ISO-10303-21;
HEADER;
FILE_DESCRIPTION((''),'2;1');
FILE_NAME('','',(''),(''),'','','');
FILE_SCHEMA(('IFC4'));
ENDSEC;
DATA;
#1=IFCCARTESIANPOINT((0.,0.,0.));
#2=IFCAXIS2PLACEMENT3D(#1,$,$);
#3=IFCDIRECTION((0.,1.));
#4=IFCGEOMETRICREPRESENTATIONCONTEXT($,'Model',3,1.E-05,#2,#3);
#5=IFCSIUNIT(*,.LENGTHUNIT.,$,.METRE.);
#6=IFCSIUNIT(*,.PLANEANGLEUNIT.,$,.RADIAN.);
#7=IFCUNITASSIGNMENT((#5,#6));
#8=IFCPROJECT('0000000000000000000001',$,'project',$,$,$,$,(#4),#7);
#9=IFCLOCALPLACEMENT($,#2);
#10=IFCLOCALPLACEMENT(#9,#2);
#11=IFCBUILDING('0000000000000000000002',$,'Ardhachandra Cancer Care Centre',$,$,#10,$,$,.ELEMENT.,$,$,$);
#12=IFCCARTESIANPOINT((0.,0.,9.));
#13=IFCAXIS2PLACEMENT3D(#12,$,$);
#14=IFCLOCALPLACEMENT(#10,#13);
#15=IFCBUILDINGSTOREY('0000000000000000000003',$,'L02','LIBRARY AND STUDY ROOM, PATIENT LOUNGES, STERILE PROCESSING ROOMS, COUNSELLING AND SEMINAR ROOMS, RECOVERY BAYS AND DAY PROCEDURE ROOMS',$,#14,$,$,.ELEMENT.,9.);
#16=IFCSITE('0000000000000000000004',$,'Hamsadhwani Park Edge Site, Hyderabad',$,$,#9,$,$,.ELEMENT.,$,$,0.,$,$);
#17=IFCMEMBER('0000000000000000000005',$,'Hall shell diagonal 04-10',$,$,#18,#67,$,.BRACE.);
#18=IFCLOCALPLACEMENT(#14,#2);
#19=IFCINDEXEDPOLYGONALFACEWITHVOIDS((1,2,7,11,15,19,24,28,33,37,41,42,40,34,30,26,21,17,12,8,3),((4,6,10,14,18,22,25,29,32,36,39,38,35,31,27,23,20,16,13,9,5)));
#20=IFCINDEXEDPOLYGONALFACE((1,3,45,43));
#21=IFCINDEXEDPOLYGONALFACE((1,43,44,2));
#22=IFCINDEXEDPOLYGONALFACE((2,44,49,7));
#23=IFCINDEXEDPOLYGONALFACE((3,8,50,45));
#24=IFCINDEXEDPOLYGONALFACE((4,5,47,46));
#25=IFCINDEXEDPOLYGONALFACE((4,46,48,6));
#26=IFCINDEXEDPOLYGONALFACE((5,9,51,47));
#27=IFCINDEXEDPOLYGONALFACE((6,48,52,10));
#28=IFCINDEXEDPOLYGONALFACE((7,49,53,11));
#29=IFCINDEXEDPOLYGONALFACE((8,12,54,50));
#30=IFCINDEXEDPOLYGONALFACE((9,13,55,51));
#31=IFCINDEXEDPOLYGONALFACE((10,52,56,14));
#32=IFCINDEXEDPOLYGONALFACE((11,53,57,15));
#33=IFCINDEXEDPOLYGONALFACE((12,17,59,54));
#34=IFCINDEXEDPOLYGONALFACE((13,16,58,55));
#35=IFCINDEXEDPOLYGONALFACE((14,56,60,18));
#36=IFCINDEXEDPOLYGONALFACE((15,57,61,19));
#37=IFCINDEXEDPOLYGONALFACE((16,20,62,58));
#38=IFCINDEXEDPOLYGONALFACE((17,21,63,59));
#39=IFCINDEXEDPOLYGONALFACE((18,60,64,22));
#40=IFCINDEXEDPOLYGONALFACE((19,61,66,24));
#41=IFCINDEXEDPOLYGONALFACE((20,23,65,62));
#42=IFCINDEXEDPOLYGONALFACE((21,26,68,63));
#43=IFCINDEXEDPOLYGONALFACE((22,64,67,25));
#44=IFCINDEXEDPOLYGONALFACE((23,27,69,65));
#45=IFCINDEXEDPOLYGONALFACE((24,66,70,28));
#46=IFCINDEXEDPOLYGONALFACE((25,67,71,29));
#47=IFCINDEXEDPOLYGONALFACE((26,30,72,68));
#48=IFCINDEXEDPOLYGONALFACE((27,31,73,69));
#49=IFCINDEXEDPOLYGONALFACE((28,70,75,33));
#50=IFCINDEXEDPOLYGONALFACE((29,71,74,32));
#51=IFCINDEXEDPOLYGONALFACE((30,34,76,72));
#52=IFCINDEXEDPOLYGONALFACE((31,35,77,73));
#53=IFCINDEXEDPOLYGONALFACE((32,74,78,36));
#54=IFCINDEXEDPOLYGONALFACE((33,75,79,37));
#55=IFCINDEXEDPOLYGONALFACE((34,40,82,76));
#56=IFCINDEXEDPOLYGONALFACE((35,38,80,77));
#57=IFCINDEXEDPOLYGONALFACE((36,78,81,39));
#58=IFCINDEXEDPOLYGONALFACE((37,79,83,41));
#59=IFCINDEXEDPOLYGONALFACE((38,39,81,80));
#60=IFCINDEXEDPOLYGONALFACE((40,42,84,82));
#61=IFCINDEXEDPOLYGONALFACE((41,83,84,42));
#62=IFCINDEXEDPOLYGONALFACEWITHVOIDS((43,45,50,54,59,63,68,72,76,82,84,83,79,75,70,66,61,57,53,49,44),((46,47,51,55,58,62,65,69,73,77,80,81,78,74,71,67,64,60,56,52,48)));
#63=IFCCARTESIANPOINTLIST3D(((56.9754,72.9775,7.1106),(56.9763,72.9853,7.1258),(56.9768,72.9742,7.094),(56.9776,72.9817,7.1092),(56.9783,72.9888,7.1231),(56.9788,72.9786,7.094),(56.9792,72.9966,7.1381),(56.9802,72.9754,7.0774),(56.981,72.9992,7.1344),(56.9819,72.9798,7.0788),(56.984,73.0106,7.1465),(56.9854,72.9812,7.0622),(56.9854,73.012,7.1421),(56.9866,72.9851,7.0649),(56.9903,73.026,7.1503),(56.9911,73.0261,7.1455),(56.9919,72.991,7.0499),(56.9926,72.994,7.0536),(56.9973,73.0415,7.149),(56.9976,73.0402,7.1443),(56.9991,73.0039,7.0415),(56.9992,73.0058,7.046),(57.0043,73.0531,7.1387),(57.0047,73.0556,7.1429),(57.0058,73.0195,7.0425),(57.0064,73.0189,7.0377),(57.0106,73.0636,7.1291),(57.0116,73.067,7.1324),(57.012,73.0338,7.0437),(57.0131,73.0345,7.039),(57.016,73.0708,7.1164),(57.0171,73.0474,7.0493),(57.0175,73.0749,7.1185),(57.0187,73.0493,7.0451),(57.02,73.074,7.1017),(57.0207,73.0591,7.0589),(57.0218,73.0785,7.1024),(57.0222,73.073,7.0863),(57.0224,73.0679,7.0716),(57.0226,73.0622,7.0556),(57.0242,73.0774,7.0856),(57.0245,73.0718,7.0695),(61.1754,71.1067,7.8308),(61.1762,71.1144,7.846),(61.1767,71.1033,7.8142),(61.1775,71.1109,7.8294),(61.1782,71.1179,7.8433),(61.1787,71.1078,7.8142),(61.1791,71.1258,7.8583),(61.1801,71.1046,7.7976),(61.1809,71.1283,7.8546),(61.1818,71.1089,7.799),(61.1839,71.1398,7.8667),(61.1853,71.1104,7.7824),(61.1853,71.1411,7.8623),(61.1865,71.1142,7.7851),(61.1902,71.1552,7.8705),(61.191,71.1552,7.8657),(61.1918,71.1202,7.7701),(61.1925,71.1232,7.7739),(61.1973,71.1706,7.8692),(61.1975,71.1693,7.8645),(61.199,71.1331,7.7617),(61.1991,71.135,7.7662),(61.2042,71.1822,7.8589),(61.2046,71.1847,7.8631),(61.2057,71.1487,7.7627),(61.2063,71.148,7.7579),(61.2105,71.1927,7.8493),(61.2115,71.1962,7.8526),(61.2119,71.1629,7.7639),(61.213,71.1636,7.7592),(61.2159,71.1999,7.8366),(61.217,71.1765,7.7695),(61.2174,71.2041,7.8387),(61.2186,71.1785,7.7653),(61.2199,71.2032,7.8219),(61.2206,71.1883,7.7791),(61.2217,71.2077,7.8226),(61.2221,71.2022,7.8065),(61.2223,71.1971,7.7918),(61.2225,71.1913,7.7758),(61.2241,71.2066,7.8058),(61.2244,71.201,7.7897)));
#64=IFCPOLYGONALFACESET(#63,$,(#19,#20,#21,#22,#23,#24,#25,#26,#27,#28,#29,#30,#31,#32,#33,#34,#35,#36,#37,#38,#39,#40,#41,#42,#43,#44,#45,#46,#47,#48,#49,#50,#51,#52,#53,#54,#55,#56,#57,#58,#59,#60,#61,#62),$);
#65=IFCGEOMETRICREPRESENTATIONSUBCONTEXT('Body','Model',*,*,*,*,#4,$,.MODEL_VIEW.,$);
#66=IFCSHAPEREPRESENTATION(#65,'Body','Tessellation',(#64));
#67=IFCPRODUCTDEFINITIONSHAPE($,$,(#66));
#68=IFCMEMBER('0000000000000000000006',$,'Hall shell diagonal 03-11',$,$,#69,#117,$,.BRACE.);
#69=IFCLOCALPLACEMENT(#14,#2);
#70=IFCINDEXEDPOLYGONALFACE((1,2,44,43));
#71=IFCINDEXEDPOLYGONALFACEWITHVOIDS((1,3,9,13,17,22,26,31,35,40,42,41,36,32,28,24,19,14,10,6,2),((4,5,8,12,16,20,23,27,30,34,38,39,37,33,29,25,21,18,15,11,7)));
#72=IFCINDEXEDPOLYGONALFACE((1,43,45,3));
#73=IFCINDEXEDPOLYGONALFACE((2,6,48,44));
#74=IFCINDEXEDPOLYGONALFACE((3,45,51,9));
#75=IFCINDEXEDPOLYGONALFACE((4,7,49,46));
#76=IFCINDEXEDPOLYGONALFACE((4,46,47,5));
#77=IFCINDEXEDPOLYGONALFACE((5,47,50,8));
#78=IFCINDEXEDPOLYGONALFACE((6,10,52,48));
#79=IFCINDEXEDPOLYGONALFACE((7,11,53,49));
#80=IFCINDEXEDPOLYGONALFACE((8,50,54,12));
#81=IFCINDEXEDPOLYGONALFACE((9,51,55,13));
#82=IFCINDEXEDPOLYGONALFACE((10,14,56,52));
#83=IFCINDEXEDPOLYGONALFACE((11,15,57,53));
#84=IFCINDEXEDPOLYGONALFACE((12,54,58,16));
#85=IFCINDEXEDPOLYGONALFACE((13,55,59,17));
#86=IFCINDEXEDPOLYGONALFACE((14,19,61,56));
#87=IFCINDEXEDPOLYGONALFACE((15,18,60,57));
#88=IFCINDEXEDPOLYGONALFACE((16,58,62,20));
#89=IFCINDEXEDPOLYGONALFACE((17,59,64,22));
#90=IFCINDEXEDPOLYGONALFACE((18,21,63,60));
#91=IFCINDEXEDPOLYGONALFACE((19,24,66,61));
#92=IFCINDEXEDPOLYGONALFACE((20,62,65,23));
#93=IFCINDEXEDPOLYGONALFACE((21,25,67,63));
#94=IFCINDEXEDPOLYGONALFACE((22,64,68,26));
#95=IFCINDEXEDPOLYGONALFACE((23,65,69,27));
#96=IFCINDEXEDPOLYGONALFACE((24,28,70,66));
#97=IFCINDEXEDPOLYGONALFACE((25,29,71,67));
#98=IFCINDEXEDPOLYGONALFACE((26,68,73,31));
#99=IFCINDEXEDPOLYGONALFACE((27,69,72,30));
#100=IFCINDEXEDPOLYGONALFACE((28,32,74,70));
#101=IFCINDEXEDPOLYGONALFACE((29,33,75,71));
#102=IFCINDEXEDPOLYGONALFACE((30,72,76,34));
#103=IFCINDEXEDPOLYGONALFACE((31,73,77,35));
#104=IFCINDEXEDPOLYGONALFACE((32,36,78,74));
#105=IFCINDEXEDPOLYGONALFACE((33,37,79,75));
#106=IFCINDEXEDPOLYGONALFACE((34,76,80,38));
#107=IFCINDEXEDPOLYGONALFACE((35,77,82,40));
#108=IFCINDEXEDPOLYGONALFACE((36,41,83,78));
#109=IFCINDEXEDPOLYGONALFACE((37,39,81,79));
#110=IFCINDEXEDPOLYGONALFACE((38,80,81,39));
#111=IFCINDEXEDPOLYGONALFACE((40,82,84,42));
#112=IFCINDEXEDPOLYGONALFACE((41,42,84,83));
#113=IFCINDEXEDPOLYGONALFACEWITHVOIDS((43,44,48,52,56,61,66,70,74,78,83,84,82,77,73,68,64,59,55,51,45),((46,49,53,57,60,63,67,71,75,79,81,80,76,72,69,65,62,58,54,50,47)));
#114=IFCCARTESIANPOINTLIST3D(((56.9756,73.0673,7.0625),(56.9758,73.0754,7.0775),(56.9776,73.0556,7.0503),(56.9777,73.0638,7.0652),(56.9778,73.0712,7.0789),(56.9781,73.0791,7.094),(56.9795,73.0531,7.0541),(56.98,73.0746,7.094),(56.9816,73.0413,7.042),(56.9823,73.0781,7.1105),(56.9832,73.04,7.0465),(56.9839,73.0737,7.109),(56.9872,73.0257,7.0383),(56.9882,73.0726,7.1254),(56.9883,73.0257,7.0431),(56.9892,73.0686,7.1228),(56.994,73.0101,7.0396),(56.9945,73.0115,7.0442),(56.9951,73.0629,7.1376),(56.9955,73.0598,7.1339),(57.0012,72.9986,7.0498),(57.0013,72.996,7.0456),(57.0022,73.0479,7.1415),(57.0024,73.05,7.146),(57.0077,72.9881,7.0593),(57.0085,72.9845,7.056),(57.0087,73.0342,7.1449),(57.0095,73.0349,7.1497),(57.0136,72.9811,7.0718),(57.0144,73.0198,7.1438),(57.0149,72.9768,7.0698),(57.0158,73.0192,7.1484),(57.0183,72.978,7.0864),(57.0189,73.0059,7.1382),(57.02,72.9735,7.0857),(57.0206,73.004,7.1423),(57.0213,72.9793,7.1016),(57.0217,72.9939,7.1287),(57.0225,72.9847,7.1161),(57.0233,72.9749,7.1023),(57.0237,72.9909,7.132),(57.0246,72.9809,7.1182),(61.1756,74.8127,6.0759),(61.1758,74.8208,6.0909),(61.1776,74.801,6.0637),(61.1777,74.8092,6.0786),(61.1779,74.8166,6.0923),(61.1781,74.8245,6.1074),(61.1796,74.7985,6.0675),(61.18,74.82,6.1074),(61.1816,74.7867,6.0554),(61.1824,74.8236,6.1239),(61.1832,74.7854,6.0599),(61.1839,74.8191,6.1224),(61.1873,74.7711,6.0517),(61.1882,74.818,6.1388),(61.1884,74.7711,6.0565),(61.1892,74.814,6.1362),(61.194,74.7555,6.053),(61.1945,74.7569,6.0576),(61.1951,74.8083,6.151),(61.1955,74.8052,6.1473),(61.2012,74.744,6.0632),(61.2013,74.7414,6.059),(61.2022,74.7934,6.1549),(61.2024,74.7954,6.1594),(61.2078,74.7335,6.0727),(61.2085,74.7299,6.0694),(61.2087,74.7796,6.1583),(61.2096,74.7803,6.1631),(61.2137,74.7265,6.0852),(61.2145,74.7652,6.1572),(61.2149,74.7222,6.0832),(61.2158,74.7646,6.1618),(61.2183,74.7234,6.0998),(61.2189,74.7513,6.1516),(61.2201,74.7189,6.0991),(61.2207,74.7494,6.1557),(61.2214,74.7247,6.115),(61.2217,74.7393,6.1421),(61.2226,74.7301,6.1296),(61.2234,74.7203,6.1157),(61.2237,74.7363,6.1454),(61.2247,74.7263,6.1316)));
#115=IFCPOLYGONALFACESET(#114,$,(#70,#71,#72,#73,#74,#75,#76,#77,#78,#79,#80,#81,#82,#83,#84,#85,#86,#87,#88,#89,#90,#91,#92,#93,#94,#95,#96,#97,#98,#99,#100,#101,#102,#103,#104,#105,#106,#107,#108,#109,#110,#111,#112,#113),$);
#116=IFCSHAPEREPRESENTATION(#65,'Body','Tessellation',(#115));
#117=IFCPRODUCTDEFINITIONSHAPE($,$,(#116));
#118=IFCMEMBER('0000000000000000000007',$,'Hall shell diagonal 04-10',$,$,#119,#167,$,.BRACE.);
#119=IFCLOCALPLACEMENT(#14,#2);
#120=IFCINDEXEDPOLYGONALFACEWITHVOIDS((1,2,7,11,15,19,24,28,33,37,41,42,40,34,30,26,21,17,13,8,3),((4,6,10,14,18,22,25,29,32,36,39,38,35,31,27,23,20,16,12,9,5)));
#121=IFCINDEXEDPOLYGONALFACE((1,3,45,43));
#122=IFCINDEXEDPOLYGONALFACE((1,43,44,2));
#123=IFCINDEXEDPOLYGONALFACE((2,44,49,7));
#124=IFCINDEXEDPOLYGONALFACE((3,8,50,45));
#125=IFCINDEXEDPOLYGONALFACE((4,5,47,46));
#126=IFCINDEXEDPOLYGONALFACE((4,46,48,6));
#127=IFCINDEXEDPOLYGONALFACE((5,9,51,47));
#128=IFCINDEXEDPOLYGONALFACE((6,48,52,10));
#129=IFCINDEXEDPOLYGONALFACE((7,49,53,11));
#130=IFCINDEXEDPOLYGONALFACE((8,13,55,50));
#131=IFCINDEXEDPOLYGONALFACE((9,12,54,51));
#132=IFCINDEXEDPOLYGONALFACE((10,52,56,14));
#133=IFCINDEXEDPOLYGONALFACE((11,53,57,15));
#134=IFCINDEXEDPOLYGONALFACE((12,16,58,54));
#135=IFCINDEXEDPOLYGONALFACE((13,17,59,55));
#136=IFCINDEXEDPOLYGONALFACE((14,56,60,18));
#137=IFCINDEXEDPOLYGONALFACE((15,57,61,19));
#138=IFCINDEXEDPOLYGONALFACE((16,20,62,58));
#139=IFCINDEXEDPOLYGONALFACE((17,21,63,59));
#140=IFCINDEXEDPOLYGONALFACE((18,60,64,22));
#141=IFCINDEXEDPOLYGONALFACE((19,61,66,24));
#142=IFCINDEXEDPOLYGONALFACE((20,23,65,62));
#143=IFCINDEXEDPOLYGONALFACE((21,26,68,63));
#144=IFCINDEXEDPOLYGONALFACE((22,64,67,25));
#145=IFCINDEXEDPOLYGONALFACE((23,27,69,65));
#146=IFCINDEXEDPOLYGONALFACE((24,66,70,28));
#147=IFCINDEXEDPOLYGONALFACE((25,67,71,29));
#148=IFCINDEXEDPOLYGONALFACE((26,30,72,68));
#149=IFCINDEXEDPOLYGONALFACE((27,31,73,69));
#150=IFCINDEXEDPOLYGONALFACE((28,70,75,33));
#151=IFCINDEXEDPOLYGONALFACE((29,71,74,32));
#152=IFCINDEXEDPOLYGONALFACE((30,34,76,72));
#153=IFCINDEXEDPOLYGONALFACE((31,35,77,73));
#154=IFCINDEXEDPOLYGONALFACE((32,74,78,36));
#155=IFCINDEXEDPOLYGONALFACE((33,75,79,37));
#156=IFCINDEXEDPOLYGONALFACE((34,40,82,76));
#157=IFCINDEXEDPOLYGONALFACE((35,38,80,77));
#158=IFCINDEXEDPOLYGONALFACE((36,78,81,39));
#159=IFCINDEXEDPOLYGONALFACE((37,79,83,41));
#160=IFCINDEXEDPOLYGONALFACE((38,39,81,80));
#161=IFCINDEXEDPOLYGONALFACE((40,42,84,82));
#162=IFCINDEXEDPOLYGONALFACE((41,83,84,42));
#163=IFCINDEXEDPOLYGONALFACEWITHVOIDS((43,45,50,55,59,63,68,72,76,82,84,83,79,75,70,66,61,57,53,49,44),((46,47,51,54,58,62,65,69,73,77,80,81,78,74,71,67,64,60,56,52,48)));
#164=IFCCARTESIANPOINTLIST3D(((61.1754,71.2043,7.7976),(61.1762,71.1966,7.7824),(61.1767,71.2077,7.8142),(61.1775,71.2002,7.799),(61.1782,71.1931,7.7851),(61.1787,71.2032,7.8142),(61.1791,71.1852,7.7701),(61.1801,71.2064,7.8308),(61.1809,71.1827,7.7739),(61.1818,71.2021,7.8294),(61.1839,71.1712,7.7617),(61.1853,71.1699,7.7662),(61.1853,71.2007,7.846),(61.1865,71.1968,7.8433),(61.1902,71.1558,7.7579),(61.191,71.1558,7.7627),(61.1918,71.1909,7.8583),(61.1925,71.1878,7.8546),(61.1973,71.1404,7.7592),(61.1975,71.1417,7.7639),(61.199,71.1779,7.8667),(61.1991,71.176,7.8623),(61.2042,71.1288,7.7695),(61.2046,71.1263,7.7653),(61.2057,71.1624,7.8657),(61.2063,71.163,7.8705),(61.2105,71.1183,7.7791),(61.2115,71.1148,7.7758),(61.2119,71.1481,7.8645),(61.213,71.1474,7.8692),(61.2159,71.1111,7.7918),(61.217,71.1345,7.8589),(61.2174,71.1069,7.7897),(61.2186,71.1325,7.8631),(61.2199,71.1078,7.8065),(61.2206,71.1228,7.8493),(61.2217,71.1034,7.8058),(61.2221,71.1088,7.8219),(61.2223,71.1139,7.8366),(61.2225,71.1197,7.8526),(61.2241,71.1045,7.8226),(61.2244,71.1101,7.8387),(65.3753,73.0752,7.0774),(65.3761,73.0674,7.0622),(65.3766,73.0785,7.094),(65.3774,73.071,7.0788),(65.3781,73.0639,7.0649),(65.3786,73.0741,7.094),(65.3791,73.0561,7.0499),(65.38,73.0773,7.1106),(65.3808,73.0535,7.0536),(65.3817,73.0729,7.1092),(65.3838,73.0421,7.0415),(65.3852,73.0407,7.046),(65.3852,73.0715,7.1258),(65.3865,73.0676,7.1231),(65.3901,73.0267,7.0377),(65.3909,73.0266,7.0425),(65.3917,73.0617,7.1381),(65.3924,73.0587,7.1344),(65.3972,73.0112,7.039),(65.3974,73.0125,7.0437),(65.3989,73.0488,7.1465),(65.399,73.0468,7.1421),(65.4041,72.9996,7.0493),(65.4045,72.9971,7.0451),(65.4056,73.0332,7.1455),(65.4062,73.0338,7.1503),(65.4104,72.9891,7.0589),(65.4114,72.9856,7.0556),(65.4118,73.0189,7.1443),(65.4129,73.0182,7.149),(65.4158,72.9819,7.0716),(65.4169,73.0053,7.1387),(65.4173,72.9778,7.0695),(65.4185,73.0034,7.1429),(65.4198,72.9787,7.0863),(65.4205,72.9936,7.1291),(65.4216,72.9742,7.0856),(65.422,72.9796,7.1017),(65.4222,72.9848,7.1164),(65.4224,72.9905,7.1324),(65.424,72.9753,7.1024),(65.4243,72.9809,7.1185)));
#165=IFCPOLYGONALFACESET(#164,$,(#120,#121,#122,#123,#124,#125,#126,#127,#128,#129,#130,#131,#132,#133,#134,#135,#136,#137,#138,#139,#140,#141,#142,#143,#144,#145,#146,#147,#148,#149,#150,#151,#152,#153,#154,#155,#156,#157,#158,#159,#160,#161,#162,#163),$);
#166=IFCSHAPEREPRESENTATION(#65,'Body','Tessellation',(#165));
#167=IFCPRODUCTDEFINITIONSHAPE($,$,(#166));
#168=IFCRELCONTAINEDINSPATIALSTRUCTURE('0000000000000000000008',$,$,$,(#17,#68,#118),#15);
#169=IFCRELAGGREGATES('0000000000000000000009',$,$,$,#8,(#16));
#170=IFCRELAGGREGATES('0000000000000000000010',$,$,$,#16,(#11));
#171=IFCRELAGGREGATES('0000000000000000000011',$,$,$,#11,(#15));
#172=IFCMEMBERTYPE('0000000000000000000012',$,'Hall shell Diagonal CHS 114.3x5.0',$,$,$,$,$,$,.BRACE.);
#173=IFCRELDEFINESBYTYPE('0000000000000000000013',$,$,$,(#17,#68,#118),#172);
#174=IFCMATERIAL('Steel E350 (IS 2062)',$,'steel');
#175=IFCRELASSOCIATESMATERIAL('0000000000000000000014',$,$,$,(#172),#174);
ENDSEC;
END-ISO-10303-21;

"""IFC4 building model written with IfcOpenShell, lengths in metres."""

from ifc_helpers import new_model, si_unit, direction, frame, origin, origin_2d, place, context, subcontext, project, spatial, hollow_circle, extrude, material, material_profile, profile_set, type_object, element, save


model = new_model("IFC4")

# Units and contexts
model_context = context("Model", 3, precision=1e-05, world=origin(), true_north=direction((0.0, 1.0)))
body_context = subcontext(model_context, "Body", "Model", "MODEL_VIEW")
ifc_project = project(units=[si_unit("LENGTHUNIT", "METRE"), si_unit("PLANEANGLEUNIT", "RADIAN")], contexts=[model_context])

# Site, building, storey
site_placement = place(None, origin())
site = spatial("IfcSite", under=ifc_project, at=site_placement, Name="Hamsadhwani Park Edge Site, Hyderabad", CompositionType="ELEMENT", RefElevation=0.0)
building_placement = place(site_placement, origin())
building = spatial("IfcBuilding", under=site, at=building_placement, Name="Ardhachandra Cancer Care Centre", CompositionType="ELEMENT")
storey_placement = place(building_placement, frame((0.0, 0.0, 9.0)))
storey = spatial("IfcBuildingStorey", under=building, at=storey_placement, Name="L02", Description="LIBRARY AND STUDY ROOM, PATIENT LOUNGES, STERILE PROCESSING ROOMS, COUNSELLING AND SEMINAR ROOMS, RECOVERY BAYS AND DAY PROCEDURE ROOMS", CompositionType="ELEMENT", Elevation=9.0)

# Members
ifc_material_1 = material(Name="Steel E350 (IS 2062)", Category="steel")
ifc_material_profile_1 = material_profile(ifc_material_1, hollow_circle(Radius=0.0571, WallThickness=0.0049, at=origin_2d()), Name="CHS 114.3x5.0")
ifc_profile_set_1 = profile_set([ifc_material_profile_1], Name="Steel E350 (IS 2062)")
member_type_1 = type_object("IfcMemberType", Name="Hall shell Diagonal CHS 114.3x5.0", PredefinedType="BRACE", material=ifc_profile_set_1)
for number, where, z_axis, x_axis, name in (
    (1, (61.2, 71.1555, 7.8142), (-0.902467, 0.402, -0.154757), (-0.406902, -0.913472, 0.0), "Hall shell diagonal 04-10"),
):
    element("IfcMember", number, at=place(storey_placement, frame(where, z_axis=z_axis, x_axis=x_axis)), inside=storey, type_object=member_type_1, Name=name, PredefinedType="BRACE", context=body_context, shape_type="SweptSolid", body=[
        extrude(hollow_circle(Radius=0.0571, WallThickness=0.0049, at=origin_2d()), origin(), (0.0, 0.0, 1.0), 4.6538),
    ])
member_1_placement = place(storey_placement, frame((57.0, 73.0264, 7.094), z_axis=(0.90245, 0.375028, -0.211986), x_axis=(-0.38375, 0.923437, 0.0)))
element("IfcMember", 2, at=member_1_placement, inside=storey, type_object=member_type_1, Name="Hall shell diagonal 03-11", PredefinedType="BRACE", context=body_context, shape_type="SweptSolid", body=[
    extrude(hollow_circle(Radius=0.0571, WallThickness=0.0049, at=origin_2d()), origin(), (0.0, 0.0, 1.0), 4.6541),
])
member_2_placement = place(storey_placement, frame((61.2, 71.1555, 7.8142), z_axis=(0.902467, 0.402, -0.154757), x_axis=(-0.406902, 0.913472, 0.0)))
element("IfcMember", 3, at=member_2_placement, inside=storey, type_object=member_type_1, Name="Hall shell diagonal 04-10", PredefinedType="BRACE", context=body_context, shape_type="SweptSolid", body=[
    extrude(hollow_circle(Radius=0.0571, WallThickness=0.0049, at=origin_2d()), origin(), (0.0, 0.0, 1.0), 4.6538),
])

save(model, "model.ifc")
